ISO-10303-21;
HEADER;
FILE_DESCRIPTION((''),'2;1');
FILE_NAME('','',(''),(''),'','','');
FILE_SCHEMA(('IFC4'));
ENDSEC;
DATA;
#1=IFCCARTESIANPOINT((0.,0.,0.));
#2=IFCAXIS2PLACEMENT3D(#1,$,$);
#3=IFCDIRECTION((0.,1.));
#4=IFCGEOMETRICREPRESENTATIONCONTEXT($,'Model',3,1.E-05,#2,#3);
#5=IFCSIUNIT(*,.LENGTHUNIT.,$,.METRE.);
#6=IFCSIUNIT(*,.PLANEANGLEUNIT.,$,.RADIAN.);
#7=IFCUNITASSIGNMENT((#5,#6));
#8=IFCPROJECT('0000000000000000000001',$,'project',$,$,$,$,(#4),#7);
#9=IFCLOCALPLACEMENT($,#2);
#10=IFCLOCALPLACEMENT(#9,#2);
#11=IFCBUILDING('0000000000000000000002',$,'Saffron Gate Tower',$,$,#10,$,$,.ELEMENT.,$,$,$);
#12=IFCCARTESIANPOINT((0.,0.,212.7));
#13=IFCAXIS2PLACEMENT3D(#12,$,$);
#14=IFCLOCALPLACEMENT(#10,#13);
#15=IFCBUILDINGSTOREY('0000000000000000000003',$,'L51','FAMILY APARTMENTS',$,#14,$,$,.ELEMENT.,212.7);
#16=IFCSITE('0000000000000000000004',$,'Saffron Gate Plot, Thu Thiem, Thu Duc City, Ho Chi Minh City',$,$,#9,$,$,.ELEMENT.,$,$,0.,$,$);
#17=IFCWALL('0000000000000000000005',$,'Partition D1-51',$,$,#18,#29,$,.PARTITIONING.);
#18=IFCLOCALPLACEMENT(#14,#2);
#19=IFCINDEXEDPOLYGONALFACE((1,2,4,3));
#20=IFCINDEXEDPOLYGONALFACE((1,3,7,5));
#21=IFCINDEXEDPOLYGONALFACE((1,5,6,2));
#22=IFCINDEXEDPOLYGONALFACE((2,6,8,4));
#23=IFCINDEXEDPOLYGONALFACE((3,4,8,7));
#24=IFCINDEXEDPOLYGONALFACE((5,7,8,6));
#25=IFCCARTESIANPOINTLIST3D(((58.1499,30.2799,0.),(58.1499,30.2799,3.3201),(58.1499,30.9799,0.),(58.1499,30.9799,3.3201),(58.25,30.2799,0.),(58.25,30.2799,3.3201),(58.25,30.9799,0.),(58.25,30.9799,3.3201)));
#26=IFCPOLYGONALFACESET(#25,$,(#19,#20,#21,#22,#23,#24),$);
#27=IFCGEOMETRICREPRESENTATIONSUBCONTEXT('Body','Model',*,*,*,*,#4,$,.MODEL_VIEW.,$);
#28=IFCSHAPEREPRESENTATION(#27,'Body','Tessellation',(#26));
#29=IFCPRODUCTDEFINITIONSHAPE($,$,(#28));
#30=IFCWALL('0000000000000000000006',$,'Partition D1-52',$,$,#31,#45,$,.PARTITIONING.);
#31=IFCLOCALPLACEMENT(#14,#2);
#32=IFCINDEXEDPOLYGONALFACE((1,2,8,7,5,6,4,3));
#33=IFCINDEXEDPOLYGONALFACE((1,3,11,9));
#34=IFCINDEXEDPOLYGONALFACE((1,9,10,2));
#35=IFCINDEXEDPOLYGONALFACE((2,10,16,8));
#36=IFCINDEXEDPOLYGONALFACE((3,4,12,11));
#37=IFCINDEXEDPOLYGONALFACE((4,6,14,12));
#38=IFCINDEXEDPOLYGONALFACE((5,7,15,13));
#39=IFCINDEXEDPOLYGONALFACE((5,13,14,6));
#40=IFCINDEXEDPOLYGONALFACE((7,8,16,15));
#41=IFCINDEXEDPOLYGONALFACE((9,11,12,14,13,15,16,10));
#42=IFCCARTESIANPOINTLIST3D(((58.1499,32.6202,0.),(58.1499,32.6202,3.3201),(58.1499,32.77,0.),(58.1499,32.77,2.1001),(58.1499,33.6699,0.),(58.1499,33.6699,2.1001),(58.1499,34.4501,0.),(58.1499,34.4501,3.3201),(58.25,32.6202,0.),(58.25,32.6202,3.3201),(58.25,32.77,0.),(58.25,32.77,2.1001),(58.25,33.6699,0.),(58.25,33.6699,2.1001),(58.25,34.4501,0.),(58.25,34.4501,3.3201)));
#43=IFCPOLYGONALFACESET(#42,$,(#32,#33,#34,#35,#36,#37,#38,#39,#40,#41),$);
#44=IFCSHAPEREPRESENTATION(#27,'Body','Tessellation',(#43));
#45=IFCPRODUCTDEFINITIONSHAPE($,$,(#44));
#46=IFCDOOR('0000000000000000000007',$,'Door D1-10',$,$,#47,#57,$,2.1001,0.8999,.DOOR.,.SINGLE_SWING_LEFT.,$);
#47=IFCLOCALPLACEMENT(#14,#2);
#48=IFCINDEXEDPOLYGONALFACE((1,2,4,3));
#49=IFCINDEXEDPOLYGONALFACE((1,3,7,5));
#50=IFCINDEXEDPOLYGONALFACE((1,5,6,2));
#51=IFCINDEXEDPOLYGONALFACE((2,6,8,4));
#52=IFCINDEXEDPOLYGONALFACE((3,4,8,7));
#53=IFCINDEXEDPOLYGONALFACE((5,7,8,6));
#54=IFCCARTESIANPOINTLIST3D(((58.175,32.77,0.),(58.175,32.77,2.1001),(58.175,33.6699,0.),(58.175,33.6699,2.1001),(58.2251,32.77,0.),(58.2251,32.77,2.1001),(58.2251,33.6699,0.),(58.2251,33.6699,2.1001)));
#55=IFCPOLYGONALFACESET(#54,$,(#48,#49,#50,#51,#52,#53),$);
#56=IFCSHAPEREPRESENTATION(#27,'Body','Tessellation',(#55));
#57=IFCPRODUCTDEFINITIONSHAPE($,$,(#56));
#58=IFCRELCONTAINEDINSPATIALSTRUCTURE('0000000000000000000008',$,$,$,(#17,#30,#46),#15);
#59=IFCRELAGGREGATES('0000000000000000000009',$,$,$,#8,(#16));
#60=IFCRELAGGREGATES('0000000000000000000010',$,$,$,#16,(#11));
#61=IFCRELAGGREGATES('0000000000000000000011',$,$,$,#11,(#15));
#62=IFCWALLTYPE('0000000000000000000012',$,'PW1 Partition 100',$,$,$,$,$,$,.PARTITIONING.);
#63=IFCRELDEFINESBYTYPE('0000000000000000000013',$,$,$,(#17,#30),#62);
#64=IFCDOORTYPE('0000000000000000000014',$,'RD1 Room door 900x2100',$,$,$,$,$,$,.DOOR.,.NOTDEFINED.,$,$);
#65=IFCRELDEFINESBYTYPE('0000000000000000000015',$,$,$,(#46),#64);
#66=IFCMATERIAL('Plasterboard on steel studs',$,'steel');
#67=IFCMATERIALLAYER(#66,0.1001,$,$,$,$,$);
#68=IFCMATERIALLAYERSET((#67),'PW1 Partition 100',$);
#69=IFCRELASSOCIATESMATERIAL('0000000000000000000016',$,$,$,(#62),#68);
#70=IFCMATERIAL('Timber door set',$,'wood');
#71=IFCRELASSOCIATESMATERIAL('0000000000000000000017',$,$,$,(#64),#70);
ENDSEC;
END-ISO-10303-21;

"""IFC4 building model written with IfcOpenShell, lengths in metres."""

from ifc_helpers import new_model, si_unit, direction, frame, frame_2d, origin, place, context, subcontext, project, spatial, rectangle, extrude, material, layer, layer_set, type_object, element, fill, save


model = new_model("IFC4")

# Units and contexts
model_context = context("Model", 3, precision=1e-05, world=origin(), true_north=direction((0.0, 1.0)))
body_context = subcontext(model_context, "Body", "Model", "MODEL_VIEW")
ifc_project = project(units=[si_unit("LENGTHUNIT", "METRE"), si_unit("PLANEANGLEUNIT", "RADIAN")], contexts=[model_context])

# Site, building, storey
site_placement = place(None, origin())
site = spatial("IfcSite", under=ifc_project, at=site_placement, Name="Saffron Gate Plot, Thu Thiem, Thu Duc City, Ho Chi Minh City", CompositionType="ELEMENT", RefElevation=0.0)
building_placement = place(site_placement, origin())
building = spatial("IfcBuilding", under=site, at=building_placement, Name="Saffron Gate Tower", CompositionType="ELEMENT")
storey_placement = place(building_placement, frame((0.0, 0.0, 212.7)))
storey = spatial("IfcBuildingStorey", under=building, at=storey_placement, Name="L51", Description="FAMILY APARTMENTS", CompositionType="ELEMENT", Elevation=212.7)

# Shared definitions
ifc_material_1 = material(Name="Plasterboard on steel studs", Category="steel")
ifc_layer_1 = layer(ifc_material_1, 0.1001)
ifc_layer_set_1 = layer_set([ifc_layer_1], Name="PW1 Partition 100")
wall_type = type_object("IfcWallType", Name="PW1 Partition 100", PredefinedType="PARTITIONING", material=ifc_layer_set_1)
ifc_material_2 = material(Name="Timber door set", Category="wood")
door_type = type_object("IfcDoorType", Name="RD1 Room door 900x2100", OperationType="NOTDEFINED", PredefinedType="DOOR", material=ifc_material_2)

# Wall
wall_1_placement = place(storey_placement, frame((58.2, 30.98, 0.0), z_axis=(0.0, 0.0, 1.0), x_axis=(0.0, -1.0, 0.0)))
element("IfcWall", 1, at=wall_1_placement, inside=storey, type_object=wall_type, Name="Partition D1-51", PredefinedType="PARTITIONING", context=body_context, shape_type="SweptSolid", body=[
    extrude(rectangle(XDim=0.7, YDim=0.1001, at=frame_2d((0.3501, 0.0))), origin(), (0.0, 0.0, 1.0), 3.3201),
])

# Wall, opening, door
wall_2_placement = place(storey_placement, frame((58.2, 32.6201, 0.0), z_axis=(0.0, 0.0, 1.0), x_axis=(0.0, 1.0, 0.0)))
wall_2 = element("IfcWall", 2, at=wall_2_placement, inside=storey, type_object=wall_type, Name="Partition D1-52", PredefinedType="PARTITIONING", context=body_context, shape_type="SweptSolid", body=[
    extrude(rectangle(XDim=1.8298, YDim=0.1001, at=frame_2d((0.915, 0.0))), origin(), (0.0, 0.0, 1.0), 3.3201),
])
opening_1_placement = place(wall_2_placement, frame((0.1499, 0.0, 0.0)))
opening_1 = element("IfcOpeningElement", 3, at=opening_1_placement, cuts=wall_2, PredefinedType="OPENING", context=body_context, shape_type="SweptSolid", body=[
    extrude(rectangle(XDim=0.8999, YDim=2.1001, at=frame_2d((0.45, 1.05))), frame((0.0, 0.0601, 0.0), z_axis=(0.0, -1.0, 0.0), x_axis=(1.0, 0.0, 0.0)), (0.0, 0.0, 1.0), 0.1201),
])
door_1_placement = place(opening_1_placement, origin())
door_1 = element("IfcDoor", 4, at=door_1_placement, inside=storey, type_object=door_type, Name="Door D1-10", OperationType="SINGLE_SWING_LEFT", OverallHeight=2.1001, OverallWidth=0.8999, PredefinedType="DOOR", context=body_context, shape_type="SweptSolid", body=[
    extrude(rectangle(XDim=0.8999, YDim=2.1001, at=frame_2d((0.45, 1.05))), frame((0.0, 0.0249, 0.0), z_axis=(0.0, -1.0, 0.0), x_axis=(1.0, 0.0, 0.0)), (0.0, 0.0, 1.0), 0.05),
])
fill(opening_1, door_1)

save(model, "model.ifc")
